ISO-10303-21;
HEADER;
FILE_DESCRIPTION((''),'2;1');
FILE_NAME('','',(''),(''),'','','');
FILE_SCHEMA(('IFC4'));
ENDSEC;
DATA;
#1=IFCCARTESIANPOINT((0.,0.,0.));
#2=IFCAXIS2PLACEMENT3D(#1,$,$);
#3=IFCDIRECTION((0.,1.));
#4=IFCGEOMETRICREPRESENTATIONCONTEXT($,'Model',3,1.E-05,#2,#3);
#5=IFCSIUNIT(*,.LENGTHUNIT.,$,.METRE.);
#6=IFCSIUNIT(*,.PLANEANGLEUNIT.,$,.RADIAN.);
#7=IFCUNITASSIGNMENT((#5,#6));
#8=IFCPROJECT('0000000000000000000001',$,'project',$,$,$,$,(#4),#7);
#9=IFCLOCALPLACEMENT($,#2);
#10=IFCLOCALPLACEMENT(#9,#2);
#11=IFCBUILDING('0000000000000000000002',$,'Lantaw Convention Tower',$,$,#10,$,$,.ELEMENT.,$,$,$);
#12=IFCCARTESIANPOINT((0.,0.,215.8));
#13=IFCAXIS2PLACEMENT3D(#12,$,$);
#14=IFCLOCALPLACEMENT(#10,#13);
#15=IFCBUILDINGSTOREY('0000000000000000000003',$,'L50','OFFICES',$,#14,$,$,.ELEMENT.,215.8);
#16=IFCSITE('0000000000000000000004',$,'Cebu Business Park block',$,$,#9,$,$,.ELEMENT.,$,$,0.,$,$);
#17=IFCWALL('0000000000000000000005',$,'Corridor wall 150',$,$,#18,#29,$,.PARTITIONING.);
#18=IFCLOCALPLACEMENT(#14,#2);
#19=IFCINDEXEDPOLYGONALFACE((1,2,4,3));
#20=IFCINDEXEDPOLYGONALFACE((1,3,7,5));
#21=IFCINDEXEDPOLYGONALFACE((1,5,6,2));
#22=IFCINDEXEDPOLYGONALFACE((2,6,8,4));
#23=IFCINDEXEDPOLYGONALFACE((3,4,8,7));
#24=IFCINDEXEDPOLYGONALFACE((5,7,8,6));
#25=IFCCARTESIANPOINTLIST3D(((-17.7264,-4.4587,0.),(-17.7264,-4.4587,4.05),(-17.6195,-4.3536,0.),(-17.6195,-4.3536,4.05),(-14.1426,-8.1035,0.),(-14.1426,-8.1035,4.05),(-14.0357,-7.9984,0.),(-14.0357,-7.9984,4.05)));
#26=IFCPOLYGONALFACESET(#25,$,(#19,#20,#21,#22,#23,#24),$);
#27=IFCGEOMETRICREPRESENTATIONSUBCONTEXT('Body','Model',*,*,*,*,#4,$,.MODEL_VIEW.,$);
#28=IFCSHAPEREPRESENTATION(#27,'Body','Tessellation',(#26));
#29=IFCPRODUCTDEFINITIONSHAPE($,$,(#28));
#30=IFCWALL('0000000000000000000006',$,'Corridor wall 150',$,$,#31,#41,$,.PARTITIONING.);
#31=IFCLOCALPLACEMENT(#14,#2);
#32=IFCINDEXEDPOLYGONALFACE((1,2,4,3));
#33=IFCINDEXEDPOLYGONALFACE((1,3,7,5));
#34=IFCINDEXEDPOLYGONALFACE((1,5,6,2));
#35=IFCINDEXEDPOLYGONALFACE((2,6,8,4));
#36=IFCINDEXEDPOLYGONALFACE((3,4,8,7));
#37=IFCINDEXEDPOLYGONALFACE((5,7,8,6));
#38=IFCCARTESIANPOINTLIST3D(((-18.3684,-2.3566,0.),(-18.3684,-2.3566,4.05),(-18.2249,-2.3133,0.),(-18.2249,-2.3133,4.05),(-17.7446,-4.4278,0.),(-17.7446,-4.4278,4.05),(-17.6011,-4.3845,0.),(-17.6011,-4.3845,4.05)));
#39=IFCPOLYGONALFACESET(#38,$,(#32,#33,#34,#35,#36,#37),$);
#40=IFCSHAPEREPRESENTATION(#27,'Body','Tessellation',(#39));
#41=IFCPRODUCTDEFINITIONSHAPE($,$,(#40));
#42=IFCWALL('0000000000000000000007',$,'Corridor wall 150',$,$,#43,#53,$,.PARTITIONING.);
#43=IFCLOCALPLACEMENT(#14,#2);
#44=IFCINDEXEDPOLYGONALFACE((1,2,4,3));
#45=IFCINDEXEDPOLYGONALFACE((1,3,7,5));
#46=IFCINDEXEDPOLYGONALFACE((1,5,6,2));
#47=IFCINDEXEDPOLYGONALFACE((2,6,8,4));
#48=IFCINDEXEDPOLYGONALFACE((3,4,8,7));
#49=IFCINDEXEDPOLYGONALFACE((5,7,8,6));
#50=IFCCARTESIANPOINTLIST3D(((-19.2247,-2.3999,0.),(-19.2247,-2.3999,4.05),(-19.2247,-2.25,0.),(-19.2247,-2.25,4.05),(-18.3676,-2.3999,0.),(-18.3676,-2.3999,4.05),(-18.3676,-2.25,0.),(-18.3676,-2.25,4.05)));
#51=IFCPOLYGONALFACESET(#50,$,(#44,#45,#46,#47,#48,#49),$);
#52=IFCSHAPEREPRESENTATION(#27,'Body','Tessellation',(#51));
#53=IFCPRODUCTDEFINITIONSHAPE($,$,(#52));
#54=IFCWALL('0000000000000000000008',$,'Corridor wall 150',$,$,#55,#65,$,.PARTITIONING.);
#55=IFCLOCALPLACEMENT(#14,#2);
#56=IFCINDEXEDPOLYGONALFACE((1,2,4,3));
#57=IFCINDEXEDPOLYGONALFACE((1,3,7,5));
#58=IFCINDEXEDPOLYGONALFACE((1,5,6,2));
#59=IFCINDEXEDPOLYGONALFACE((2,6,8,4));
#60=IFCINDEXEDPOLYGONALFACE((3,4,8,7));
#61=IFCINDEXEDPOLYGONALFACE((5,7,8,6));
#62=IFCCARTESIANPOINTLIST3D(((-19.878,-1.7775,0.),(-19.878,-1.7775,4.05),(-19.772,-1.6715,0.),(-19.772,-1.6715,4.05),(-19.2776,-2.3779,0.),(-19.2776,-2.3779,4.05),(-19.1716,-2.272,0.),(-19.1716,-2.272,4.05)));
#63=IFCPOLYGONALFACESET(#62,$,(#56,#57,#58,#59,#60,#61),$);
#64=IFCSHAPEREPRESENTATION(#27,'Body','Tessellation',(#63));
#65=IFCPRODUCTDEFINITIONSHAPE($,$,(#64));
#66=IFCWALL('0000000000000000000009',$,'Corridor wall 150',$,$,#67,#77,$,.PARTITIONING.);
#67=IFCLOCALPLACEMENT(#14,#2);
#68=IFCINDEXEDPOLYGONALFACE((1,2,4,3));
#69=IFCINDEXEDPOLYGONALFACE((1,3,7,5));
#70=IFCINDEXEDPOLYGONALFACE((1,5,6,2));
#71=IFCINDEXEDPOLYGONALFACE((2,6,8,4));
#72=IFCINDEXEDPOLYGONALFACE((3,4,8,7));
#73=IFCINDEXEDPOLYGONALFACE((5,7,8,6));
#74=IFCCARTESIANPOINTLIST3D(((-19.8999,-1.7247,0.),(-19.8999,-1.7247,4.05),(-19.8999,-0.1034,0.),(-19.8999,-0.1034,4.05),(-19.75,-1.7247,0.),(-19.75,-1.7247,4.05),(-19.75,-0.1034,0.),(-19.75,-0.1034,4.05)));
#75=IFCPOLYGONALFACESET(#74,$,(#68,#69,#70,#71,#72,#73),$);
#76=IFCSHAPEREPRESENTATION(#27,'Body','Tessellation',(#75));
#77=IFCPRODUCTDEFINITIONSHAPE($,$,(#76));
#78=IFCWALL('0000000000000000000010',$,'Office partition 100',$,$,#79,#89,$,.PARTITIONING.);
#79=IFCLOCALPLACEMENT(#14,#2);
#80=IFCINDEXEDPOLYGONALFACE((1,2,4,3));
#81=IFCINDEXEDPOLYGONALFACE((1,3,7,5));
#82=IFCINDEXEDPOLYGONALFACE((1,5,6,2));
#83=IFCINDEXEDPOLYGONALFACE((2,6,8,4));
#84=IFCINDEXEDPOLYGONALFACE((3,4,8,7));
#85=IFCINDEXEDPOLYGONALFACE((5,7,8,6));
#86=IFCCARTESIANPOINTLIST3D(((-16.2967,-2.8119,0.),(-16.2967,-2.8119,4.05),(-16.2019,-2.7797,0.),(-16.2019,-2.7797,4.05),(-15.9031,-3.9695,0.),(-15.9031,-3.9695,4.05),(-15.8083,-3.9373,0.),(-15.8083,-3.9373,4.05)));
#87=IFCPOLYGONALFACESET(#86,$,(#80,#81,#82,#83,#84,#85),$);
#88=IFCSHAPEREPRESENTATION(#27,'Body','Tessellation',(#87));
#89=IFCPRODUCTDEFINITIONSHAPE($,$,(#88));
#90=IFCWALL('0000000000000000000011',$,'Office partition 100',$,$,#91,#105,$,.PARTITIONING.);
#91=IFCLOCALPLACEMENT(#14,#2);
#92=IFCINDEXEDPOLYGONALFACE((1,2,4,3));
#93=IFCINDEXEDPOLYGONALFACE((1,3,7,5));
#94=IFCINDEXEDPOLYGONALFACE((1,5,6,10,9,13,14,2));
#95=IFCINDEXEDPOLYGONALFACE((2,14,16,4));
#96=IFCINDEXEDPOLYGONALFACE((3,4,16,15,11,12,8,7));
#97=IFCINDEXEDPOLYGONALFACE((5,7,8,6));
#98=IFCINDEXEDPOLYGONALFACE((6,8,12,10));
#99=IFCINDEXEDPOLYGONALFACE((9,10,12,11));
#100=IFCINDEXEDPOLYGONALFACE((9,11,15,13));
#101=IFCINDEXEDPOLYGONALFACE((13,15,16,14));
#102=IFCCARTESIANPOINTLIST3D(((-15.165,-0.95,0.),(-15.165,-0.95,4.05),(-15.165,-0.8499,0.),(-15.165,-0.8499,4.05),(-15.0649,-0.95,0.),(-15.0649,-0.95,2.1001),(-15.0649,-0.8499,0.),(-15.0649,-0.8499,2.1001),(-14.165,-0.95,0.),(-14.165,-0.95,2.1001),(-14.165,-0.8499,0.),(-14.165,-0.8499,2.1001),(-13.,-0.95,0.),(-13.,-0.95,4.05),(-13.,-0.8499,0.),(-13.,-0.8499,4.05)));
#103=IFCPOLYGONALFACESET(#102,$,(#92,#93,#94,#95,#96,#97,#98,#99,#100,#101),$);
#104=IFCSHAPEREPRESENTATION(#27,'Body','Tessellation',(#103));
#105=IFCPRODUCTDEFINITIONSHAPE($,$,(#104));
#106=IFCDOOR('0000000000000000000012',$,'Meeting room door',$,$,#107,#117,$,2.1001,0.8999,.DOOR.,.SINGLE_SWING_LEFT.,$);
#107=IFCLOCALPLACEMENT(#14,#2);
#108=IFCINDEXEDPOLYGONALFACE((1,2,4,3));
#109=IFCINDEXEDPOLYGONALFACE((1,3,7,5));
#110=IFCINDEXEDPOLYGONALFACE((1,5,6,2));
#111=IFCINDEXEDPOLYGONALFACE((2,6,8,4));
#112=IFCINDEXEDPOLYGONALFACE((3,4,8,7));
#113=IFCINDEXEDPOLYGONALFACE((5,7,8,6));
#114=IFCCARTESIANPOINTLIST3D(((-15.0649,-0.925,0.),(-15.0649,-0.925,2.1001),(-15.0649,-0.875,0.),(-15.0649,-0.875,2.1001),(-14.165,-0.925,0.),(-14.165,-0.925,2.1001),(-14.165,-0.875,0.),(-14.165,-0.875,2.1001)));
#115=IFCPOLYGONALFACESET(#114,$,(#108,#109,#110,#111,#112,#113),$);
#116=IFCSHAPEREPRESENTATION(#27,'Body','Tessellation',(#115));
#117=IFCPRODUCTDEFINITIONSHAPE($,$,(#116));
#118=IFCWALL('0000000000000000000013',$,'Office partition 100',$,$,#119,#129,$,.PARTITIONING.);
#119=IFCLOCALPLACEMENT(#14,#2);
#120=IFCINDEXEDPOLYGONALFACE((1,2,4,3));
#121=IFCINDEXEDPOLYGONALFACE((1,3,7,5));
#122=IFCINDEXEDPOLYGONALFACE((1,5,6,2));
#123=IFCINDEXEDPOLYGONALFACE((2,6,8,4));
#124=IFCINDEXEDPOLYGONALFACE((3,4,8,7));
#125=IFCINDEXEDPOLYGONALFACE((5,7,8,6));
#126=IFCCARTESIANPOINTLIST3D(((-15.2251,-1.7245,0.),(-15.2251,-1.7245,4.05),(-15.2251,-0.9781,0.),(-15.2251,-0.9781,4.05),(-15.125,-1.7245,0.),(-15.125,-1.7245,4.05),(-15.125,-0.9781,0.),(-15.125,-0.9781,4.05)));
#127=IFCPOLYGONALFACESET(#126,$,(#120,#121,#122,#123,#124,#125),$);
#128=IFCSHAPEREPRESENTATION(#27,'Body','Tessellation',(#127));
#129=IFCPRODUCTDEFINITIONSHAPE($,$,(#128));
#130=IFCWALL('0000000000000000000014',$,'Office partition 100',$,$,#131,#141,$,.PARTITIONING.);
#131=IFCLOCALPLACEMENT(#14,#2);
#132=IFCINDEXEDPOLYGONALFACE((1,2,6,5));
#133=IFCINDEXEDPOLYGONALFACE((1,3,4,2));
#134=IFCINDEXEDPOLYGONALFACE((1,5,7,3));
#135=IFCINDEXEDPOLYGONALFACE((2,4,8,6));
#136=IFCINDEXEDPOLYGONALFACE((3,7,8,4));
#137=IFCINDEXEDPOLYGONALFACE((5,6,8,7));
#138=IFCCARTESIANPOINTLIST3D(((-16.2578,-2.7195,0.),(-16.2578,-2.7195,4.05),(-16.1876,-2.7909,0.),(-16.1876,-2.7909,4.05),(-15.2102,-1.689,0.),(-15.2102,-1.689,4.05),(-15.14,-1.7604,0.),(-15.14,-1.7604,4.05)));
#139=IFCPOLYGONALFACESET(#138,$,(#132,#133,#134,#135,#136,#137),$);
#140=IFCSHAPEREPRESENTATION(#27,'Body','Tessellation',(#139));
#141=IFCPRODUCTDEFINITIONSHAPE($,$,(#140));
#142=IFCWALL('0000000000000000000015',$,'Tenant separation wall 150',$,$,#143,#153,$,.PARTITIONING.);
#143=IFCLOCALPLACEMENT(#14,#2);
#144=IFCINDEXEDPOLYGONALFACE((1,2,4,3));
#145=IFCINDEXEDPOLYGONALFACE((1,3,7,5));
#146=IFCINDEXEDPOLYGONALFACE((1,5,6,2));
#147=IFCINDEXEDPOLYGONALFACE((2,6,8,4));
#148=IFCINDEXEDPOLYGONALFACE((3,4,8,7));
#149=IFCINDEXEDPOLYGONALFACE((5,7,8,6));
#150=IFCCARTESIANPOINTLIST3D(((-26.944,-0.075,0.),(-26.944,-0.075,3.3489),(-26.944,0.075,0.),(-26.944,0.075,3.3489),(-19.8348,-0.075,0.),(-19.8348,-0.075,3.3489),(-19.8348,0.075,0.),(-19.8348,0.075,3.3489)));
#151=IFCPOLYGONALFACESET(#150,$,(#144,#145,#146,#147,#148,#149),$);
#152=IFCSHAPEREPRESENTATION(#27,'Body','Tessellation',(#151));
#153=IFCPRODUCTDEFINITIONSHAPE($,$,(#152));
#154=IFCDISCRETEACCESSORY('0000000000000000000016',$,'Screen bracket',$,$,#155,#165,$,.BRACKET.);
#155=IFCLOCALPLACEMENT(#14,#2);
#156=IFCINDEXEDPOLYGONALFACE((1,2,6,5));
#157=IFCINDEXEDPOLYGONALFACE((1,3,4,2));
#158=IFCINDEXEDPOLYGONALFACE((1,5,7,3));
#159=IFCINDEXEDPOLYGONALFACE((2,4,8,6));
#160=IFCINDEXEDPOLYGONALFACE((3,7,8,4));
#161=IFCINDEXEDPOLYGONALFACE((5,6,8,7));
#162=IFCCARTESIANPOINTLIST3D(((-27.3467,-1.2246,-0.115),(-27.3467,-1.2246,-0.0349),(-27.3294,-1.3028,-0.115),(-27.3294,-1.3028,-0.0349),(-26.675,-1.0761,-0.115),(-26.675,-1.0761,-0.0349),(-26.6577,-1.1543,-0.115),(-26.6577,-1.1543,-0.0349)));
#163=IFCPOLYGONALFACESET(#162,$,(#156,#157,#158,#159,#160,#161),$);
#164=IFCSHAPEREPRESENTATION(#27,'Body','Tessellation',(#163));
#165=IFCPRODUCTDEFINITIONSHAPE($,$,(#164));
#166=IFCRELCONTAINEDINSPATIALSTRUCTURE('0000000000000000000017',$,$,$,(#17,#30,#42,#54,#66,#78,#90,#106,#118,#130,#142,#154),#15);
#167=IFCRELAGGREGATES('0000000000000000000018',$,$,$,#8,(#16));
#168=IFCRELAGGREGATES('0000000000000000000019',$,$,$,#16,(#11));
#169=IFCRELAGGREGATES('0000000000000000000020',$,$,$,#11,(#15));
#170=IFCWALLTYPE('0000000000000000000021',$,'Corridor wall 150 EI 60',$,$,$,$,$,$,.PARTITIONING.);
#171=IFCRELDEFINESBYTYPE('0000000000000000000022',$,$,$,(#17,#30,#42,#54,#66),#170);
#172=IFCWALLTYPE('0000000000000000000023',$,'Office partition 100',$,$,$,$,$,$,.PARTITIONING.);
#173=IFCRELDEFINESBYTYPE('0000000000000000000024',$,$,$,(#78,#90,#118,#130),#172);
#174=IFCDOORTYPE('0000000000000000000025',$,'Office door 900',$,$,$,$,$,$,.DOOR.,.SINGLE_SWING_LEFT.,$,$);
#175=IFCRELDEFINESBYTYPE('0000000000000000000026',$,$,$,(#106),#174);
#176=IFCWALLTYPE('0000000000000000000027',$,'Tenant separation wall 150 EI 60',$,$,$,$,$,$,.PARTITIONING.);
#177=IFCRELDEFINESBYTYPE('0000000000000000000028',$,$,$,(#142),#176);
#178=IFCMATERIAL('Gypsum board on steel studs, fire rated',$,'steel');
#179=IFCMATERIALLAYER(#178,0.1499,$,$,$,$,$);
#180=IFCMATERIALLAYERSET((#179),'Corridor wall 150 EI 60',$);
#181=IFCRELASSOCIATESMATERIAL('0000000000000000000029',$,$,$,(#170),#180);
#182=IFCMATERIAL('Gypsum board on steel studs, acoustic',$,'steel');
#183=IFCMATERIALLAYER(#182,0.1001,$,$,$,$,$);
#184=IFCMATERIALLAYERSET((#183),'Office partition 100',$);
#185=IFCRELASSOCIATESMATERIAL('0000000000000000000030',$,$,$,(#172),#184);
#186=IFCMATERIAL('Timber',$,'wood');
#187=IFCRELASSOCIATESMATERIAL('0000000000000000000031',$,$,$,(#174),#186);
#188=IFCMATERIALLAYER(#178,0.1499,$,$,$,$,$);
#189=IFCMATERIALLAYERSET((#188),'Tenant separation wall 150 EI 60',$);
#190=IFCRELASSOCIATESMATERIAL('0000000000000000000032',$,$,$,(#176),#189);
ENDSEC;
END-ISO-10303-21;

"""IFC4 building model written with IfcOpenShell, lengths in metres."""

from ifc_helpers import new_model, si_unit, direction, frame, frame_2d, origin, origin_2d, place, context, subcontext, project, spatial, rectangle, extrude, material, layer, layer_set, type_object, element, fill, save


model = new_model("IFC4")

# Units and contexts
model_context = context("Model", 3, precision=1e-05, world=origin(), true_north=direction((0.0, 1.0)))
body_context = subcontext(model_context, "Body", "Model", "MODEL_VIEW")
ifc_project = project(units=[si_unit("LENGTHUNIT", "METRE"), si_unit("PLANEANGLEUNIT", "RADIAN")], contexts=[model_context])

# Site, building, storey
site_placement = place(None, origin())
site = spatial("IfcSite", under=ifc_project, at=site_placement, Name="Cebu Business Park block", CompositionType="ELEMENT", RefElevation=0.0)
building_placement = place(site_placement, origin())
building = spatial("IfcBuilding", under=site, at=building_placement, Name="Lantaw Convention Tower", CompositionType="ELEMENT")
storey_placement = place(building_placement, frame((0.0, 0.0, 215.8)))
storey = spatial("IfcBuildingStorey", under=building, at=storey_placement, Name="L50", Description="OFFICES", CompositionType="ELEMENT", Elevation=215.8)

# Walls
ifc_material_1 = material(Name="Gypsum board on steel studs, fire rated", Category="steel")
ifc_layer_1 = layer(ifc_material_1, 0.1499)
ifc_layer_set_1 = layer_set([ifc_layer_1], Name="Corridor wall 150 EI 60")
wall_type_1 = type_object("IfcWallType", Name="Corridor wall 150 EI 60", PredefinedType="PARTITIONING", material=ifc_layer_set_1)
wall_1_placement = place(storey_placement, frame((-17.6729, -4.4062, 0.0), z_axis=(0.0, 0.0, 1.0), x_axis=(0.701111, -0.713052, 0.0)))
element("IfcWall", 1, at=wall_1_placement, inside=storey, type_object=wall_type_1, Name="Corridor wall 150", PredefinedType="PARTITIONING", context=body_context, shape_type="SweptSolid", body=[
    extrude(rectangle(XDim=5.1116, YDim=0.1499, at=frame_2d((2.5557, 0.0))), origin(), (0.0, 0.0, 1.0), 4.05),
])
wall_2_placement = place(storey_placement, frame((-18.2966, -2.335, 0.0), z_axis=(0.0, 0.0, 1.0), x_axis=(0.288362, -0.957521, 0.0)))
element("IfcWall", 2, at=wall_2_placement, inside=storey, type_object=wall_type_1, Name="Corridor wall 150", PredefinedType="PARTITIONING", context=body_context, shape_type="SweptSolid", body=[
    extrude(rectangle(XDim=2.1631, YDim=0.1499, at=frame_2d((1.0815, 0.0))), origin(), (0.0, 0.0, 1.0), 4.05),
])
wall_3_placement = place(storey_placement, frame((-18.3674, -2.325, 0.0), z_axis=(0.0, 0.0, 1.0), x_axis=(-1.0, 0.0, 0.0)))
element("IfcWall", 3, at=wall_3_placement, inside=storey, type_object=wall_type_1, Name="Corridor wall 150", PredefinedType="PARTITIONING", context=body_context, shape_type="SweptSolid", body=[
    extrude(rectangle(XDim=0.8572, YDim=0.1499, at=frame_2d((0.4287, 0.0))), origin(), (0.0, 0.0, 1.0), 4.05),
])
wall_4_placement = place(storey_placement, frame((-19.2246, -2.325, 0.0), z_axis=(0.0, 0.0, 1.0), x_axis=(-0.707107, 0.707107, 0.0)))
element("IfcWall", 4, at=wall_4_placement, inside=storey, type_object=wall_type_1, Name="Corridor wall 150", PredefinedType="PARTITIONING", context=body_context, shape_type="SweptSolid", body=[
    extrude(rectangle(XDim=0.8491, YDim=0.1499, at=frame_2d((0.4246, 0.0))), origin(), (0.0, 0.0, 1.0), 4.05),
])
wall_5_placement = place(storey_placement, frame((-19.825, -1.7246, 0.0), z_axis=(0.0, 0.0, 1.0), x_axis=(0.0, 1.0, 0.0)))
element("IfcWall", 5, at=wall_5_placement, inside=storey, type_object=wall_type_1, Name="Corridor wall 150", PredefinedType="PARTITIONING", context=body_context, shape_type="SweptSolid", body=[
    extrude(rectangle(XDim=1.6213, YDim=0.1499, at=frame_2d((0.8105, 0.0))), origin(), (0.0, 0.0, 1.0), 4.05),
])
ifc_material_2 = material(Name="Gypsum board on steel studs, acoustic", Category="steel")
ifc_layer_2 = layer(ifc_material_2, 0.1001)
ifc_layer_set_2 = layer_set([ifc_layer_2], Name="Office partition 100")
wall_type_2 = type_object("IfcWallType", Name="Office partition 100", PredefinedType="PARTITIONING", material=ifc_layer_set_2)
wall_6_placement = place(storey_placement, frame((-15.8557, -3.9534, 0.0), z_axis=(0.0, 0.0, 1.0), x_axis=(-0.321913, 0.946769, 0.0)))
element("IfcWall", 6, at=wall_6_placement, inside=storey, type_object=wall_type_2, Name="Office partition 100", PredefinedType="PARTITIONING", context=body_context, shape_type="SweptSolid", body=[
    extrude(rectangle(XDim=1.2227, YDim=0.1001, at=frame_2d((0.6113, 0.0))), origin(), (0.0, 0.0, 1.0), 4.05),
])

# Wall, opening, door
wall_7_placement = place(storey_placement, frame((-15.165, -0.8999, 0.0), z_axis=(0.0, 0.0, 1.0), x_axis=(1.0, 0.0, 0.0)))
wall_7 = element("IfcWall", 7, at=wall_7_placement, inside=storey, type_object=wall_type_2, Name="Office partition 100", PredefinedType="PARTITIONING", context=body_context, shape_type="SweptSolid", body=[
    extrude(rectangle(XDim=2.165, YDim=0.1001, at=frame_2d((1.0825, 0.0))), origin(), (0.0, 0.0, 1.0), 4.05),
])
opening_placement = place(wall_7_placement, frame((0.1001, 0.0, 0.0)))
opening = element("IfcOpeningElement", 8, at=opening_placement, cuts=wall_7, PredefinedType="OPENING", context=body_context, shape_type="SweptSolid", body=[
    extrude(rectangle(XDim=0.8999, YDim=2.1001, at=frame_2d((0.45, 1.05))), frame((0.0, 0.0601, 0.0), z_axis=(0.0, -1.0, 0.0), x_axis=(1.0, 0.0, 0.0)), (0.0, 0.0, 1.0), 0.1201),
])
ifc_material_3 = material(Name="Timber", Category="wood")
door_type = type_object("IfcDoorType", Name="Office door 900", OperationType="SINGLE_SWING_LEFT", PredefinedType="DOOR", material=ifc_material_3)
door_placement = place(opening_placement, origin())
door = element("IfcDoor", 9, at=door_placement, inside=storey, type_object=door_type, Name="Meeting room door", OperationType="SINGLE_SWING_LEFT", OverallHeight=2.1001, OverallWidth=0.8999, PredefinedType="DOOR", context=body_context, shape_type="SweptSolid", body=[
    extrude(rectangle(XDim=0.8999, YDim=2.1001, at=frame_2d((0.45, 1.05))), frame((0.0, 0.0249, 0.0), z_axis=(0.0, -1.0, 0.0), x_axis=(1.0, 0.0, 0.0)), (0.0, 0.0, 1.0), 0.05),
])
fill(opening, door)

# Walls
wall_8_placement = place(storey_placement, frame((-15.175, -0.9783, 0.0), z_axis=(0.0, 0.0, 1.0), x_axis=(0.0, -1.0, 0.0)))
element("IfcWall", 10, at=wall_8_placement, inside=storey, type_object=wall_type_2, Name="Office partition 100", PredefinedType="PARTITIONING", context=body_context, shape_type="SweptSolid", body=[
    extrude(rectangle(XDim=0.7463, YDim=0.1001, at=frame_2d((0.373, 0.0))), origin(), (0.0, 0.0, 1.0), 4.05),
])
wall_9_placement = place(storey_placement, frame((-15.175, -1.7246, 0.0), z_axis=(0.0, 0.0, 1.0), x_axis=(-0.712898, -0.701268, 0.0)))
element("IfcWall", 11, at=wall_9_placement, inside=storey, type_object=wall_type_2, Name="Office partition 100", PredefinedType="PARTITIONING", context=body_context, shape_type="SweptSolid", body=[
    extrude(rectangle(XDim=1.4695, YDim=0.1001, at=frame_2d((0.7349, 0.0))), origin(), (0.0, 0.0, 1.0), 4.05),
])
ifc_layer_3 = layer(ifc_material_1, 0.1499)
ifc_layer_set_3 = layer_set([ifc_layer_3], Name="Tenant separation wall 150 EI 60")
wall_type_3 = type_object("IfcWallType", Name="Tenant separation wall 150 EI 60", PredefinedType="PARTITIONING", material=ifc_layer_set_3)
wall_10_placement = place(storey_placement, frame((-26.9441, 0.0, 0.0), z_axis=(0.0, 0.0, 1.0), x_axis=(1.0, 0.0, 0.0)))
element("IfcWall", 12, at=wall_10_placement, inside=storey, type_object=wall_type_3, Name="Tenant separation wall 150", PredefinedType="PARTITIONING", context=body_context, shape_type="SweptSolid", body=[
    extrude(rectangle(XDim=7.1091, YDim=0.1499, at=frame_2d((3.5547, 0.0))), origin(), (0.0, 0.0, 1.0), 3.3489),
])

# Discrete accessory
discrete_accessory_placement = place(storey_placement, frame((-27.0022, -1.1895, -0.115), z_axis=(0.0, 0.0, 1.0), x_axis=(0.215891, -0.976417, 0.0)))
element("IfcDiscreteAccessory", 13, at=discrete_accessory_placement, inside=storey, Name="Screen bracket", PredefinedType="BRACKET", context=body_context, shape_type="SweptSolid", body=[
    extrude(rectangle(XDim=0.0801, YDim=0.688, at=origin_2d()), origin(), (0.0, 0.0, 1.0), 0.0801),
])

save(model, "model.ifc")
